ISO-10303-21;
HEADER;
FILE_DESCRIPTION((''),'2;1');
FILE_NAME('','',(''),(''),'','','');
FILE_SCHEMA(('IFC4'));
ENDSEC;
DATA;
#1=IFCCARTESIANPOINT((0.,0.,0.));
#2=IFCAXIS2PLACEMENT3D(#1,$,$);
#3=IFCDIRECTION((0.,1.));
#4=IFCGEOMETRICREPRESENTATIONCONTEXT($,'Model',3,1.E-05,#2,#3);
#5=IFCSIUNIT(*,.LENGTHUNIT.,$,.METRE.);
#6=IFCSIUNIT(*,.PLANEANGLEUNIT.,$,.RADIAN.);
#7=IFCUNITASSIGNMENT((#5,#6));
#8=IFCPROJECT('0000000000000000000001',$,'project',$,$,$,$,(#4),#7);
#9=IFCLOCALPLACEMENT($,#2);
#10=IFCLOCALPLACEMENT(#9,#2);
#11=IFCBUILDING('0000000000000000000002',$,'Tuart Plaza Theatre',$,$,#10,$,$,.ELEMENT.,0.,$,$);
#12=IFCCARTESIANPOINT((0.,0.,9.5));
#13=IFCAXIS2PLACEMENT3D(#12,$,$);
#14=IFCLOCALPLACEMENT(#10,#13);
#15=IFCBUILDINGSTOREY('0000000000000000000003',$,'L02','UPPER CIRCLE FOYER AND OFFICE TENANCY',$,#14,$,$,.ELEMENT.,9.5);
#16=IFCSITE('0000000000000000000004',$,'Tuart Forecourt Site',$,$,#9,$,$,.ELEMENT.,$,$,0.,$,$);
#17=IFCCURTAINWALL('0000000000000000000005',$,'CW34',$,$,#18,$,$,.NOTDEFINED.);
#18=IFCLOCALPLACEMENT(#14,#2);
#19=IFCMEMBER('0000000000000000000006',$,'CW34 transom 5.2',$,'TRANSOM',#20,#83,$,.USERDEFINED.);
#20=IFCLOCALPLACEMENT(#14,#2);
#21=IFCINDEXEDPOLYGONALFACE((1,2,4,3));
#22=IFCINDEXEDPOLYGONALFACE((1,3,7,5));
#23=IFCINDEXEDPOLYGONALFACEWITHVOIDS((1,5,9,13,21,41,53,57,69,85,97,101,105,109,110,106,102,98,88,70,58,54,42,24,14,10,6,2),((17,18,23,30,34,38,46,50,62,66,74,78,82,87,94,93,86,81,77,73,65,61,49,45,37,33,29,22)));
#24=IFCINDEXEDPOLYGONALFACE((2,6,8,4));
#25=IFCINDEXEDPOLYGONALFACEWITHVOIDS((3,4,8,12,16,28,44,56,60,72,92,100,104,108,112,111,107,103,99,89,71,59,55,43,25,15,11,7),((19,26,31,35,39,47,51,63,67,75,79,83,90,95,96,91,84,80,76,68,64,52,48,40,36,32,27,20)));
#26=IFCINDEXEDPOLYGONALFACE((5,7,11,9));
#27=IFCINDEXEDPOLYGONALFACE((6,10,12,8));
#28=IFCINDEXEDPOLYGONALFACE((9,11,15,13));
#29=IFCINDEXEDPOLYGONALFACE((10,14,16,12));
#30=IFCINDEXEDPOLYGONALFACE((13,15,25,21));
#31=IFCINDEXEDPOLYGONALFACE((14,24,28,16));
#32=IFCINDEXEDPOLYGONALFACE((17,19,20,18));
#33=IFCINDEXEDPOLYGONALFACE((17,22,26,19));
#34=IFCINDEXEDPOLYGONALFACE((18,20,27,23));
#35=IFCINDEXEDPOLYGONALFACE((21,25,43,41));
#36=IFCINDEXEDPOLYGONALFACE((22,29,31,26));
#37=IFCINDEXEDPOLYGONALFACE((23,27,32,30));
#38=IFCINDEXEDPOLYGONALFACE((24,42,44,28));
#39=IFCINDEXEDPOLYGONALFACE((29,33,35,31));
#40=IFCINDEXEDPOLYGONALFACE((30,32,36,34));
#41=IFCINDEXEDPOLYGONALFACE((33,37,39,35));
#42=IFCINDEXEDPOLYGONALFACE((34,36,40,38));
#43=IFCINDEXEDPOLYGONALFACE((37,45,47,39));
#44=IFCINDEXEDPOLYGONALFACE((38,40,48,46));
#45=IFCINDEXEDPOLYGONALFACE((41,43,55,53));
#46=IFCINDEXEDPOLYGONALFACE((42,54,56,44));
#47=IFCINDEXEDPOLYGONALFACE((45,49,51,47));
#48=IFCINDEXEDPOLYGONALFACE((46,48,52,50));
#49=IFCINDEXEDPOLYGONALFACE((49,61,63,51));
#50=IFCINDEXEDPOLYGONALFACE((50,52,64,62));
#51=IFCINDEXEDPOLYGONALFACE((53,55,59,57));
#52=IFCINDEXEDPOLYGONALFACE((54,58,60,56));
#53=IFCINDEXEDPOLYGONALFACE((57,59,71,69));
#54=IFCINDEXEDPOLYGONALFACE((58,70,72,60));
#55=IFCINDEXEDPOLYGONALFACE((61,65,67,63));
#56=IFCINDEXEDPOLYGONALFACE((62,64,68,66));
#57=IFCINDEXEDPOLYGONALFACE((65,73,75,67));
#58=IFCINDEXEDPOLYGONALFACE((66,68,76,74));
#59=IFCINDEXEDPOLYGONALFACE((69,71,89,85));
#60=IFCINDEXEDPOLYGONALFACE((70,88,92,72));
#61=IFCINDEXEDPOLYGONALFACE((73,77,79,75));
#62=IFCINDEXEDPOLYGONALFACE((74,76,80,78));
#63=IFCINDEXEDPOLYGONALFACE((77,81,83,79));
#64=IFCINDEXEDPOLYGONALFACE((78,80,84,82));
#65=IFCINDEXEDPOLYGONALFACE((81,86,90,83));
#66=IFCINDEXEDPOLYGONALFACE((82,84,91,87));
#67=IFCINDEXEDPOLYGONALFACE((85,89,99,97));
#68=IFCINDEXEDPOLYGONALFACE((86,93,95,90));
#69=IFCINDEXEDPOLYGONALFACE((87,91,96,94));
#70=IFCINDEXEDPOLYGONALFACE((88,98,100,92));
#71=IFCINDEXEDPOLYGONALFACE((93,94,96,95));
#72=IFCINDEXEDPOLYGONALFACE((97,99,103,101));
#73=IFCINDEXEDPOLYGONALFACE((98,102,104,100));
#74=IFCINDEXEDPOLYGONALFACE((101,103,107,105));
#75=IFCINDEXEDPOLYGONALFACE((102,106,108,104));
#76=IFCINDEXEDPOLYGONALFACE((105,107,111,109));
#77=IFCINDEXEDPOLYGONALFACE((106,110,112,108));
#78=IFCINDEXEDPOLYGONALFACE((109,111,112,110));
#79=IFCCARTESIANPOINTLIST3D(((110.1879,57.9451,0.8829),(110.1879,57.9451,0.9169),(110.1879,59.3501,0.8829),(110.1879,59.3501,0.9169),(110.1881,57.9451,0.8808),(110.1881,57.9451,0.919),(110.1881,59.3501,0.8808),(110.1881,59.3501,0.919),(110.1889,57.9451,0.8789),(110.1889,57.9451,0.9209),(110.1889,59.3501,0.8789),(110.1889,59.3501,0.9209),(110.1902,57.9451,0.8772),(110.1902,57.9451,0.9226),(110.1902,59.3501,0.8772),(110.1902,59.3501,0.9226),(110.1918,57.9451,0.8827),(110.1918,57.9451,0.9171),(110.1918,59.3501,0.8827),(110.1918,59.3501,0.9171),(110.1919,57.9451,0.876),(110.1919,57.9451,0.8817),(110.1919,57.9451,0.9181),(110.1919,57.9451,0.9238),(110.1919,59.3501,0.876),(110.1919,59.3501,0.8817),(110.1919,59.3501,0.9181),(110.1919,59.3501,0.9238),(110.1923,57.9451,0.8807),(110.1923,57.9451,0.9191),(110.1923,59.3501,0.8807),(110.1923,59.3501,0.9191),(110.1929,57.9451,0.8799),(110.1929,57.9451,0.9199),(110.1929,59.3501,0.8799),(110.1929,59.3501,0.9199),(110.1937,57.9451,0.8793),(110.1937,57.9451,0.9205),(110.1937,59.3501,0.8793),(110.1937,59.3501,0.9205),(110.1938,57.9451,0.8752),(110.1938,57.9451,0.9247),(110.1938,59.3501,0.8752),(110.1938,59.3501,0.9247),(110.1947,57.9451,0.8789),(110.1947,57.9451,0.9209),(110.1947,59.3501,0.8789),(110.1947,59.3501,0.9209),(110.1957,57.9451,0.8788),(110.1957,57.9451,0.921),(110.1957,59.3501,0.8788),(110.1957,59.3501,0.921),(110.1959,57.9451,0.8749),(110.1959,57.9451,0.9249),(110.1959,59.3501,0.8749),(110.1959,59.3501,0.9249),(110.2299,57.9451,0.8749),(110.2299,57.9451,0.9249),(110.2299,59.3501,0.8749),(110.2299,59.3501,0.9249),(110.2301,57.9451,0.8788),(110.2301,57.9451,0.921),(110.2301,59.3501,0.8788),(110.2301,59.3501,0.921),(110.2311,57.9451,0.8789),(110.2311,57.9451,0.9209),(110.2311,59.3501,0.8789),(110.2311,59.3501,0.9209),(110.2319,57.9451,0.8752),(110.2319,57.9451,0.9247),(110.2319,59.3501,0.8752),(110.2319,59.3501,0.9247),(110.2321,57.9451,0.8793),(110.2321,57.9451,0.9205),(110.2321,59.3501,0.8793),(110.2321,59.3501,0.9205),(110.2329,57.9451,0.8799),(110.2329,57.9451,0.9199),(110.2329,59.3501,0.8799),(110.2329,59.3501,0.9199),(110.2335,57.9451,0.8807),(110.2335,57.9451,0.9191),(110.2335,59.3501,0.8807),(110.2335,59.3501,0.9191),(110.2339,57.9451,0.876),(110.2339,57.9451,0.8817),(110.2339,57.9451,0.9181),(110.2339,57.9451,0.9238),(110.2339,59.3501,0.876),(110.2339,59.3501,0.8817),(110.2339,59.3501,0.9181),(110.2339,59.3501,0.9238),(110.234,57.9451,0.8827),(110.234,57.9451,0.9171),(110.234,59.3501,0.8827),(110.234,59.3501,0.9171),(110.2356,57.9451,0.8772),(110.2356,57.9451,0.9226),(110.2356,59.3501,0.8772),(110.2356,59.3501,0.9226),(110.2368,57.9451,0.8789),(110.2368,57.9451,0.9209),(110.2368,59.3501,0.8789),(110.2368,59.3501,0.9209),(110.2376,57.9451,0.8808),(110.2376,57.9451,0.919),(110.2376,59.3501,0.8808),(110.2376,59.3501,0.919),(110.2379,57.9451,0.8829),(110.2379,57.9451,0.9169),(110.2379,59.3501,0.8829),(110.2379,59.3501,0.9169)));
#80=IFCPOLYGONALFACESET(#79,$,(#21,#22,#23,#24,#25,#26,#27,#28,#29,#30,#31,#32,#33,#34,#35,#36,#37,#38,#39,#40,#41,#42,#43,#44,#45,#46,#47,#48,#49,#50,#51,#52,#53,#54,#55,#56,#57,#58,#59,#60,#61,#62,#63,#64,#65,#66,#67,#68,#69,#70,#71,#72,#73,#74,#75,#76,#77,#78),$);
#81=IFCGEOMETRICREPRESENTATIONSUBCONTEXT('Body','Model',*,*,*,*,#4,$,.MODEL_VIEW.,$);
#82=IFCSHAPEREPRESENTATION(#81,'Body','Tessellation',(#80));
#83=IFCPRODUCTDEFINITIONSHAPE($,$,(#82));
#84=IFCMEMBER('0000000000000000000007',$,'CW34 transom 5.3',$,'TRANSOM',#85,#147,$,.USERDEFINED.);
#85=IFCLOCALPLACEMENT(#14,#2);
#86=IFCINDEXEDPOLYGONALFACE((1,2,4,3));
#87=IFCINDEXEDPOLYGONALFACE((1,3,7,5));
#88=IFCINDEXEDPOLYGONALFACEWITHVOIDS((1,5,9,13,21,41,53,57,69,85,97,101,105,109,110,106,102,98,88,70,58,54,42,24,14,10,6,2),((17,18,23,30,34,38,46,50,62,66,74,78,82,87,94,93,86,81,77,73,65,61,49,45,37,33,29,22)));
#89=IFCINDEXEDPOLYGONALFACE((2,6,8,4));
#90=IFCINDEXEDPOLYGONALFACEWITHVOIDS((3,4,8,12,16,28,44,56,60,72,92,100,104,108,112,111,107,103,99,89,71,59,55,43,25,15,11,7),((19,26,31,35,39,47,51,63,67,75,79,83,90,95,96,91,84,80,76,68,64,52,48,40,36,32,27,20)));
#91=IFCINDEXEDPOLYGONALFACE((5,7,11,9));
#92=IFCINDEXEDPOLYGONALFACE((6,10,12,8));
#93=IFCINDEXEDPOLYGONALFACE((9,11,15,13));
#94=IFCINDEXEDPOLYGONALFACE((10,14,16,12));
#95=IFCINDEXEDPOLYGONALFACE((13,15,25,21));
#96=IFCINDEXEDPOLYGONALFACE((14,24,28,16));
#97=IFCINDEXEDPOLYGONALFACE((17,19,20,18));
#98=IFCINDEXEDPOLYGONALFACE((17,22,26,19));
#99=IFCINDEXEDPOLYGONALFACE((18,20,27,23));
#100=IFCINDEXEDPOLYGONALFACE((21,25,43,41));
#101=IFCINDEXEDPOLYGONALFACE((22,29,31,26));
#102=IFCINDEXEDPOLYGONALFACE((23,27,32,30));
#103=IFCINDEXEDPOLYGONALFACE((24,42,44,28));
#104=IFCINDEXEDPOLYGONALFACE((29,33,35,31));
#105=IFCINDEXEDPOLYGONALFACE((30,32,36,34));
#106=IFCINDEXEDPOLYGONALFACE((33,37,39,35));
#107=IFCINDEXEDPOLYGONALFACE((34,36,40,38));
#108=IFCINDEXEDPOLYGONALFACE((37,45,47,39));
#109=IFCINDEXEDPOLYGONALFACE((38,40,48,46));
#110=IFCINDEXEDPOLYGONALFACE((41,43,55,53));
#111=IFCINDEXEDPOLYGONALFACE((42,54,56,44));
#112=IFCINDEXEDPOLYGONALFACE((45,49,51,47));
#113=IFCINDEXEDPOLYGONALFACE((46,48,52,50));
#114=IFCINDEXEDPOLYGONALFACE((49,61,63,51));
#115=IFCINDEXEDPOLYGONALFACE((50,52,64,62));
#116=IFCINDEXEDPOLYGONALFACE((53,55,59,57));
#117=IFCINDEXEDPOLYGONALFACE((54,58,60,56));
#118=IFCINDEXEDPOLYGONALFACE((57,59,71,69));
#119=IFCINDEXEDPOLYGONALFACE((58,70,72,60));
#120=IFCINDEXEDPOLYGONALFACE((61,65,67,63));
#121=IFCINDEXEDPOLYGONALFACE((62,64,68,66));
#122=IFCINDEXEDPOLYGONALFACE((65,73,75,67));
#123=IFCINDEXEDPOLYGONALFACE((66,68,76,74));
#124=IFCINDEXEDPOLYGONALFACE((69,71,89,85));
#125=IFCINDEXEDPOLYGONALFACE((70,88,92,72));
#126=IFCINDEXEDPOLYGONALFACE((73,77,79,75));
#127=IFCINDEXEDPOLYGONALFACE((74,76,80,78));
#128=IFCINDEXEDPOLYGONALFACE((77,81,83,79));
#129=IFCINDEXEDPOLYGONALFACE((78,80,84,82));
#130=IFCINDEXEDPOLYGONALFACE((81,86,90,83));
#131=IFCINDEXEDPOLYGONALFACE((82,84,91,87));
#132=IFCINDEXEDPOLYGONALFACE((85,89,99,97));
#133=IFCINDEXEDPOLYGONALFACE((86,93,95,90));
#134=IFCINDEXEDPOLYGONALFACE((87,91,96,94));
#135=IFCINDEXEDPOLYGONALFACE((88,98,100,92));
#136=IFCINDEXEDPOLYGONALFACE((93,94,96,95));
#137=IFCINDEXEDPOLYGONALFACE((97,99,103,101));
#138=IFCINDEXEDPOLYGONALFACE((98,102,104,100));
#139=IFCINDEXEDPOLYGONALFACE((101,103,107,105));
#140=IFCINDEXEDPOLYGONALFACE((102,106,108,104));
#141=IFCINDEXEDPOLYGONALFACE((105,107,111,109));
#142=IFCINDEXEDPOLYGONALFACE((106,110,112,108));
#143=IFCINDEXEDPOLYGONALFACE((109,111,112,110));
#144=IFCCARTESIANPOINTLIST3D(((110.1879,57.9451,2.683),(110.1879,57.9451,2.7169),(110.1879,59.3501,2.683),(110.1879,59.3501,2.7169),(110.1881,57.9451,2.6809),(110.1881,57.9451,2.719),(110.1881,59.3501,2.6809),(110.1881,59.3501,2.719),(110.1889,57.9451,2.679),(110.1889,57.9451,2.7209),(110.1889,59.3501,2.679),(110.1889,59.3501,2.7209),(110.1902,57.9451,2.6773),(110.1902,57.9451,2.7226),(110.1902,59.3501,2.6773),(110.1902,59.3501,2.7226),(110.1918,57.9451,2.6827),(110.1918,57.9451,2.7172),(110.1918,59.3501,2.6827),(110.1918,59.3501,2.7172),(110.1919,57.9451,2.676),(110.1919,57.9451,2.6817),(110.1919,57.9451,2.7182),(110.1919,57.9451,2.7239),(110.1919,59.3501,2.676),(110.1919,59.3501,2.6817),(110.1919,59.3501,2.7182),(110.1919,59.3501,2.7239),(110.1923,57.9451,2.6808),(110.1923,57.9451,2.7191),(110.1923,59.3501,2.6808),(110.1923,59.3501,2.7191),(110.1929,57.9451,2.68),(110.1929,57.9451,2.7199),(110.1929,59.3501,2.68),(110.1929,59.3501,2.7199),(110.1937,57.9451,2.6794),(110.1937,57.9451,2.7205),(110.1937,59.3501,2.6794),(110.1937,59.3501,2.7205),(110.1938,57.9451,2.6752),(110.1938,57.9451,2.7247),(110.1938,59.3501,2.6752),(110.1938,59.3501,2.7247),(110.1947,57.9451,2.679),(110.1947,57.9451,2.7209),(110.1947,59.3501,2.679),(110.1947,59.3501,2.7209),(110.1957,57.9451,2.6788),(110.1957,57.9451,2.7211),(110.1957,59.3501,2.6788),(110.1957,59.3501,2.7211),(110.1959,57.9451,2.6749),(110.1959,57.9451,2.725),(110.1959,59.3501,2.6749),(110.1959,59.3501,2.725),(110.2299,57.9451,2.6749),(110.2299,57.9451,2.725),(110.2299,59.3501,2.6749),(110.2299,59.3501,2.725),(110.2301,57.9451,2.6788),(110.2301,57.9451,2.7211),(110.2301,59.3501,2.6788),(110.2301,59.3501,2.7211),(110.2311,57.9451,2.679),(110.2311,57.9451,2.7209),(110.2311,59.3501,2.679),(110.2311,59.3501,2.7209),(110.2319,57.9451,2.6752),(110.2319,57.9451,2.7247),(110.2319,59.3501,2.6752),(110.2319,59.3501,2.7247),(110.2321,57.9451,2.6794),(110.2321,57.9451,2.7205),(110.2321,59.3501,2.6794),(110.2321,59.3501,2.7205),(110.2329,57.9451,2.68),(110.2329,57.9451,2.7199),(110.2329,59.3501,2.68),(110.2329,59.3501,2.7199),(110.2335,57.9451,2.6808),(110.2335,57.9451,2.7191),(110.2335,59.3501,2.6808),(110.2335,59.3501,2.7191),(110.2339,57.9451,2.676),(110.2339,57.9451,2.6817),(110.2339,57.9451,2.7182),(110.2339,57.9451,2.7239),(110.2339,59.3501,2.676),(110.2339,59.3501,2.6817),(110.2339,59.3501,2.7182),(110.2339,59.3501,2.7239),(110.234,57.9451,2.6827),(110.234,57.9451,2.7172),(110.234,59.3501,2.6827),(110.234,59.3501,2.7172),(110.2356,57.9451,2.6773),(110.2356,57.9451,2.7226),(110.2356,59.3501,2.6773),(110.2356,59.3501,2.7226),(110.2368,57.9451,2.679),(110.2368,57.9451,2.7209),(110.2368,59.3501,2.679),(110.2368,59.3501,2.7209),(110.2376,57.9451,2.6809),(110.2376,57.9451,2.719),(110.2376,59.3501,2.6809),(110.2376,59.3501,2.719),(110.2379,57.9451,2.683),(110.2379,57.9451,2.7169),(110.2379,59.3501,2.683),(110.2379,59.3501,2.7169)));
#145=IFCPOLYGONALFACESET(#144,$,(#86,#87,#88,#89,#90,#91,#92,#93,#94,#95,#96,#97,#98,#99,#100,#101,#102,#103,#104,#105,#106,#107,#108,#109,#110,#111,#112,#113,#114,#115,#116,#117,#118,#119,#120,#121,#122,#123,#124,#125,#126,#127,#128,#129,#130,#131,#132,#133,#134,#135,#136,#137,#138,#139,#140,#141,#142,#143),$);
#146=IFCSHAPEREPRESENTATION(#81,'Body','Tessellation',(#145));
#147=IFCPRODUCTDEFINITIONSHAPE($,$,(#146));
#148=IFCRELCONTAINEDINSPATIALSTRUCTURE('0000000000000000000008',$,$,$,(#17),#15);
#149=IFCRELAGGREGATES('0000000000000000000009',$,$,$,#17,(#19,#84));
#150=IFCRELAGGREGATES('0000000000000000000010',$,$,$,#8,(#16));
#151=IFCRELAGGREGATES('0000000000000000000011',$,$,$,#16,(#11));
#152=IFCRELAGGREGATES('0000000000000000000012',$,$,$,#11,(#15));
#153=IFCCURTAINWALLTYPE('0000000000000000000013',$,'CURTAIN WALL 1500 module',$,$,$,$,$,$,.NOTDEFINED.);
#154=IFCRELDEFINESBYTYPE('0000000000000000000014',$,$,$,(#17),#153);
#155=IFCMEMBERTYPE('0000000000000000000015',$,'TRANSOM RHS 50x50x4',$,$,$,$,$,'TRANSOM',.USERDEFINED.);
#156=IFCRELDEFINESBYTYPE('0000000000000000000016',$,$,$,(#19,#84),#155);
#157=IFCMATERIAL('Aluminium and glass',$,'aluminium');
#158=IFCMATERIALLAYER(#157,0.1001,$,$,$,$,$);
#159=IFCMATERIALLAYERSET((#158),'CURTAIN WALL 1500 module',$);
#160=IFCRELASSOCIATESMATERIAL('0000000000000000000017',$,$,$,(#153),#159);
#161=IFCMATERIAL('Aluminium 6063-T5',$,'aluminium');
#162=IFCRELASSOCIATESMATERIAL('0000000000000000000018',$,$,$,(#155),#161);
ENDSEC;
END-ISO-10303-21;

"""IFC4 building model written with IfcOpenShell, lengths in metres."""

from ifc_helpers import new_model, si_unit, direction, frame, origin, origin_2d, place, context, subcontext, project, spatial, hollow_rectangle, extrude, material, layer, layer_set, material_profile, profile_set, type_object, element, aggregate, save


model = new_model("IFC4")

# Units and contexts
model_context = context("Model", 3, precision=1e-05, world=origin(), true_north=direction((0.0, 1.0)))
body_context = subcontext(model_context, "Body", "Model", "MODEL_VIEW")
ifc_project = project(units=[si_unit("LENGTHUNIT", "METRE"), si_unit("PLANEANGLEUNIT", "RADIAN")], contexts=[model_context])

# Site, building, storey
site_placement = place(None, origin())
site = spatial("IfcSite", under=ifc_project, at=site_placement, Name="Tuart Forecourt Site", CompositionType="ELEMENT", RefElevation=0.0)
building_placement = place(site_placement, origin())
building = spatial("IfcBuilding", under=site, at=building_placement, Name="Tuart Plaza Theatre", CompositionType="ELEMENT", ElevationOfRefHeight=0.0)
storey_placement = place(building_placement, frame((0.0, 0.0, 9.5)))
storey = spatial("IfcBuildingStorey", under=building, at=storey_placement, Name="L02", Description="UPPER CIRCLE FOYER AND OFFICE TENANCY", CompositionType="ELEMENT", Elevation=9.5)

# Curtain wall, members
ifc_material_1 = material(Name="Aluminium and glass", Category="aluminium")
ifc_layer_1 = layer(ifc_material_1, 0.1001)
ifc_layer_set_1 = layer_set([ifc_layer_1], Name="CURTAIN WALL 1500 module")
curtain_wall_type = type_object("IfcCurtainWallType", Name="CURTAIN WALL 1500 module", PredefinedType="NOTDEFINED", material=ifc_layer_set_1)
curtain_wall_placement = place(storey_placement, origin())
curtain_wall = element("IfcCurtainWall", 1, at=curtain_wall_placement, inside=storey, type_object=curtain_wall_type, Name="CW34", PredefinedType="NOTDEFINED")
ifc_material_2 = material(Name="Aluminium 6063-T5", Category="aluminium")
ifc_material_profile_1 = material_profile(ifc_material_2, hollow_rectangle(XDim=0.05, YDim=0.05, WallThickness=0.0039, InnerFilletRadius=0.0039, OuterFilletRadius=0.0081, at=origin_2d()), Name="RHS 50x50x4")
ifc_profile_set_1 = profile_set([ifc_material_profile_1], Name="Aluminium 6063-T5")
member_type_1 = type_object("IfcMemberType", Name="TRANSOM RHS 50x50x4", ElementType="TRANSOM", PredefinedType="USERDEFINED", material=ifc_profile_set_1)
member_1_placement = place(storey_placement, frame((110.2129, 57.9451, 0.8999), z_axis=(0.0, 1.0, 0.0), x_axis=(-1.0, 0.0, 0.0)))
member_1 = element("IfcMember", 2, at=member_1_placement, type_object=member_type_1, Name="CW34 transom 5.2", ObjectType="TRANSOM", PredefinedType="USERDEFINED", context=body_context, shape_type="SweptSolid", body=[
    extrude(hollow_rectangle(XDim=0.05, YDim=0.05, WallThickness=0.0039, InnerFilletRadius=0.0039, OuterFilletRadius=0.0081, at=origin_2d()), origin(), (0.0, 0.0, 1.0), 1.405),
])
member_2_placement = place(storey_placement, frame((110.2129, 57.9451, 2.7), z_axis=(0.0, 1.0, 0.0), x_axis=(-1.0, 0.0, 0.0)))
member_2 = element("IfcMember", 3, at=member_2_placement, type_object=member_type_1, Name="CW34 transom 5.3", ObjectType="TRANSOM", PredefinedType="USERDEFINED", context=body_context, shape_type="SweptSolid", body=[
    extrude(hollow_rectangle(XDim=0.05, YDim=0.05, WallThickness=0.0039, InnerFilletRadius=0.0039, OuterFilletRadius=0.0081, at=origin_2d()), origin(), (0.0, 0.0, 1.0), 1.405),
])
aggregate(curtain_wall, [member_1, member_2])

save(model, "model.ifc")
